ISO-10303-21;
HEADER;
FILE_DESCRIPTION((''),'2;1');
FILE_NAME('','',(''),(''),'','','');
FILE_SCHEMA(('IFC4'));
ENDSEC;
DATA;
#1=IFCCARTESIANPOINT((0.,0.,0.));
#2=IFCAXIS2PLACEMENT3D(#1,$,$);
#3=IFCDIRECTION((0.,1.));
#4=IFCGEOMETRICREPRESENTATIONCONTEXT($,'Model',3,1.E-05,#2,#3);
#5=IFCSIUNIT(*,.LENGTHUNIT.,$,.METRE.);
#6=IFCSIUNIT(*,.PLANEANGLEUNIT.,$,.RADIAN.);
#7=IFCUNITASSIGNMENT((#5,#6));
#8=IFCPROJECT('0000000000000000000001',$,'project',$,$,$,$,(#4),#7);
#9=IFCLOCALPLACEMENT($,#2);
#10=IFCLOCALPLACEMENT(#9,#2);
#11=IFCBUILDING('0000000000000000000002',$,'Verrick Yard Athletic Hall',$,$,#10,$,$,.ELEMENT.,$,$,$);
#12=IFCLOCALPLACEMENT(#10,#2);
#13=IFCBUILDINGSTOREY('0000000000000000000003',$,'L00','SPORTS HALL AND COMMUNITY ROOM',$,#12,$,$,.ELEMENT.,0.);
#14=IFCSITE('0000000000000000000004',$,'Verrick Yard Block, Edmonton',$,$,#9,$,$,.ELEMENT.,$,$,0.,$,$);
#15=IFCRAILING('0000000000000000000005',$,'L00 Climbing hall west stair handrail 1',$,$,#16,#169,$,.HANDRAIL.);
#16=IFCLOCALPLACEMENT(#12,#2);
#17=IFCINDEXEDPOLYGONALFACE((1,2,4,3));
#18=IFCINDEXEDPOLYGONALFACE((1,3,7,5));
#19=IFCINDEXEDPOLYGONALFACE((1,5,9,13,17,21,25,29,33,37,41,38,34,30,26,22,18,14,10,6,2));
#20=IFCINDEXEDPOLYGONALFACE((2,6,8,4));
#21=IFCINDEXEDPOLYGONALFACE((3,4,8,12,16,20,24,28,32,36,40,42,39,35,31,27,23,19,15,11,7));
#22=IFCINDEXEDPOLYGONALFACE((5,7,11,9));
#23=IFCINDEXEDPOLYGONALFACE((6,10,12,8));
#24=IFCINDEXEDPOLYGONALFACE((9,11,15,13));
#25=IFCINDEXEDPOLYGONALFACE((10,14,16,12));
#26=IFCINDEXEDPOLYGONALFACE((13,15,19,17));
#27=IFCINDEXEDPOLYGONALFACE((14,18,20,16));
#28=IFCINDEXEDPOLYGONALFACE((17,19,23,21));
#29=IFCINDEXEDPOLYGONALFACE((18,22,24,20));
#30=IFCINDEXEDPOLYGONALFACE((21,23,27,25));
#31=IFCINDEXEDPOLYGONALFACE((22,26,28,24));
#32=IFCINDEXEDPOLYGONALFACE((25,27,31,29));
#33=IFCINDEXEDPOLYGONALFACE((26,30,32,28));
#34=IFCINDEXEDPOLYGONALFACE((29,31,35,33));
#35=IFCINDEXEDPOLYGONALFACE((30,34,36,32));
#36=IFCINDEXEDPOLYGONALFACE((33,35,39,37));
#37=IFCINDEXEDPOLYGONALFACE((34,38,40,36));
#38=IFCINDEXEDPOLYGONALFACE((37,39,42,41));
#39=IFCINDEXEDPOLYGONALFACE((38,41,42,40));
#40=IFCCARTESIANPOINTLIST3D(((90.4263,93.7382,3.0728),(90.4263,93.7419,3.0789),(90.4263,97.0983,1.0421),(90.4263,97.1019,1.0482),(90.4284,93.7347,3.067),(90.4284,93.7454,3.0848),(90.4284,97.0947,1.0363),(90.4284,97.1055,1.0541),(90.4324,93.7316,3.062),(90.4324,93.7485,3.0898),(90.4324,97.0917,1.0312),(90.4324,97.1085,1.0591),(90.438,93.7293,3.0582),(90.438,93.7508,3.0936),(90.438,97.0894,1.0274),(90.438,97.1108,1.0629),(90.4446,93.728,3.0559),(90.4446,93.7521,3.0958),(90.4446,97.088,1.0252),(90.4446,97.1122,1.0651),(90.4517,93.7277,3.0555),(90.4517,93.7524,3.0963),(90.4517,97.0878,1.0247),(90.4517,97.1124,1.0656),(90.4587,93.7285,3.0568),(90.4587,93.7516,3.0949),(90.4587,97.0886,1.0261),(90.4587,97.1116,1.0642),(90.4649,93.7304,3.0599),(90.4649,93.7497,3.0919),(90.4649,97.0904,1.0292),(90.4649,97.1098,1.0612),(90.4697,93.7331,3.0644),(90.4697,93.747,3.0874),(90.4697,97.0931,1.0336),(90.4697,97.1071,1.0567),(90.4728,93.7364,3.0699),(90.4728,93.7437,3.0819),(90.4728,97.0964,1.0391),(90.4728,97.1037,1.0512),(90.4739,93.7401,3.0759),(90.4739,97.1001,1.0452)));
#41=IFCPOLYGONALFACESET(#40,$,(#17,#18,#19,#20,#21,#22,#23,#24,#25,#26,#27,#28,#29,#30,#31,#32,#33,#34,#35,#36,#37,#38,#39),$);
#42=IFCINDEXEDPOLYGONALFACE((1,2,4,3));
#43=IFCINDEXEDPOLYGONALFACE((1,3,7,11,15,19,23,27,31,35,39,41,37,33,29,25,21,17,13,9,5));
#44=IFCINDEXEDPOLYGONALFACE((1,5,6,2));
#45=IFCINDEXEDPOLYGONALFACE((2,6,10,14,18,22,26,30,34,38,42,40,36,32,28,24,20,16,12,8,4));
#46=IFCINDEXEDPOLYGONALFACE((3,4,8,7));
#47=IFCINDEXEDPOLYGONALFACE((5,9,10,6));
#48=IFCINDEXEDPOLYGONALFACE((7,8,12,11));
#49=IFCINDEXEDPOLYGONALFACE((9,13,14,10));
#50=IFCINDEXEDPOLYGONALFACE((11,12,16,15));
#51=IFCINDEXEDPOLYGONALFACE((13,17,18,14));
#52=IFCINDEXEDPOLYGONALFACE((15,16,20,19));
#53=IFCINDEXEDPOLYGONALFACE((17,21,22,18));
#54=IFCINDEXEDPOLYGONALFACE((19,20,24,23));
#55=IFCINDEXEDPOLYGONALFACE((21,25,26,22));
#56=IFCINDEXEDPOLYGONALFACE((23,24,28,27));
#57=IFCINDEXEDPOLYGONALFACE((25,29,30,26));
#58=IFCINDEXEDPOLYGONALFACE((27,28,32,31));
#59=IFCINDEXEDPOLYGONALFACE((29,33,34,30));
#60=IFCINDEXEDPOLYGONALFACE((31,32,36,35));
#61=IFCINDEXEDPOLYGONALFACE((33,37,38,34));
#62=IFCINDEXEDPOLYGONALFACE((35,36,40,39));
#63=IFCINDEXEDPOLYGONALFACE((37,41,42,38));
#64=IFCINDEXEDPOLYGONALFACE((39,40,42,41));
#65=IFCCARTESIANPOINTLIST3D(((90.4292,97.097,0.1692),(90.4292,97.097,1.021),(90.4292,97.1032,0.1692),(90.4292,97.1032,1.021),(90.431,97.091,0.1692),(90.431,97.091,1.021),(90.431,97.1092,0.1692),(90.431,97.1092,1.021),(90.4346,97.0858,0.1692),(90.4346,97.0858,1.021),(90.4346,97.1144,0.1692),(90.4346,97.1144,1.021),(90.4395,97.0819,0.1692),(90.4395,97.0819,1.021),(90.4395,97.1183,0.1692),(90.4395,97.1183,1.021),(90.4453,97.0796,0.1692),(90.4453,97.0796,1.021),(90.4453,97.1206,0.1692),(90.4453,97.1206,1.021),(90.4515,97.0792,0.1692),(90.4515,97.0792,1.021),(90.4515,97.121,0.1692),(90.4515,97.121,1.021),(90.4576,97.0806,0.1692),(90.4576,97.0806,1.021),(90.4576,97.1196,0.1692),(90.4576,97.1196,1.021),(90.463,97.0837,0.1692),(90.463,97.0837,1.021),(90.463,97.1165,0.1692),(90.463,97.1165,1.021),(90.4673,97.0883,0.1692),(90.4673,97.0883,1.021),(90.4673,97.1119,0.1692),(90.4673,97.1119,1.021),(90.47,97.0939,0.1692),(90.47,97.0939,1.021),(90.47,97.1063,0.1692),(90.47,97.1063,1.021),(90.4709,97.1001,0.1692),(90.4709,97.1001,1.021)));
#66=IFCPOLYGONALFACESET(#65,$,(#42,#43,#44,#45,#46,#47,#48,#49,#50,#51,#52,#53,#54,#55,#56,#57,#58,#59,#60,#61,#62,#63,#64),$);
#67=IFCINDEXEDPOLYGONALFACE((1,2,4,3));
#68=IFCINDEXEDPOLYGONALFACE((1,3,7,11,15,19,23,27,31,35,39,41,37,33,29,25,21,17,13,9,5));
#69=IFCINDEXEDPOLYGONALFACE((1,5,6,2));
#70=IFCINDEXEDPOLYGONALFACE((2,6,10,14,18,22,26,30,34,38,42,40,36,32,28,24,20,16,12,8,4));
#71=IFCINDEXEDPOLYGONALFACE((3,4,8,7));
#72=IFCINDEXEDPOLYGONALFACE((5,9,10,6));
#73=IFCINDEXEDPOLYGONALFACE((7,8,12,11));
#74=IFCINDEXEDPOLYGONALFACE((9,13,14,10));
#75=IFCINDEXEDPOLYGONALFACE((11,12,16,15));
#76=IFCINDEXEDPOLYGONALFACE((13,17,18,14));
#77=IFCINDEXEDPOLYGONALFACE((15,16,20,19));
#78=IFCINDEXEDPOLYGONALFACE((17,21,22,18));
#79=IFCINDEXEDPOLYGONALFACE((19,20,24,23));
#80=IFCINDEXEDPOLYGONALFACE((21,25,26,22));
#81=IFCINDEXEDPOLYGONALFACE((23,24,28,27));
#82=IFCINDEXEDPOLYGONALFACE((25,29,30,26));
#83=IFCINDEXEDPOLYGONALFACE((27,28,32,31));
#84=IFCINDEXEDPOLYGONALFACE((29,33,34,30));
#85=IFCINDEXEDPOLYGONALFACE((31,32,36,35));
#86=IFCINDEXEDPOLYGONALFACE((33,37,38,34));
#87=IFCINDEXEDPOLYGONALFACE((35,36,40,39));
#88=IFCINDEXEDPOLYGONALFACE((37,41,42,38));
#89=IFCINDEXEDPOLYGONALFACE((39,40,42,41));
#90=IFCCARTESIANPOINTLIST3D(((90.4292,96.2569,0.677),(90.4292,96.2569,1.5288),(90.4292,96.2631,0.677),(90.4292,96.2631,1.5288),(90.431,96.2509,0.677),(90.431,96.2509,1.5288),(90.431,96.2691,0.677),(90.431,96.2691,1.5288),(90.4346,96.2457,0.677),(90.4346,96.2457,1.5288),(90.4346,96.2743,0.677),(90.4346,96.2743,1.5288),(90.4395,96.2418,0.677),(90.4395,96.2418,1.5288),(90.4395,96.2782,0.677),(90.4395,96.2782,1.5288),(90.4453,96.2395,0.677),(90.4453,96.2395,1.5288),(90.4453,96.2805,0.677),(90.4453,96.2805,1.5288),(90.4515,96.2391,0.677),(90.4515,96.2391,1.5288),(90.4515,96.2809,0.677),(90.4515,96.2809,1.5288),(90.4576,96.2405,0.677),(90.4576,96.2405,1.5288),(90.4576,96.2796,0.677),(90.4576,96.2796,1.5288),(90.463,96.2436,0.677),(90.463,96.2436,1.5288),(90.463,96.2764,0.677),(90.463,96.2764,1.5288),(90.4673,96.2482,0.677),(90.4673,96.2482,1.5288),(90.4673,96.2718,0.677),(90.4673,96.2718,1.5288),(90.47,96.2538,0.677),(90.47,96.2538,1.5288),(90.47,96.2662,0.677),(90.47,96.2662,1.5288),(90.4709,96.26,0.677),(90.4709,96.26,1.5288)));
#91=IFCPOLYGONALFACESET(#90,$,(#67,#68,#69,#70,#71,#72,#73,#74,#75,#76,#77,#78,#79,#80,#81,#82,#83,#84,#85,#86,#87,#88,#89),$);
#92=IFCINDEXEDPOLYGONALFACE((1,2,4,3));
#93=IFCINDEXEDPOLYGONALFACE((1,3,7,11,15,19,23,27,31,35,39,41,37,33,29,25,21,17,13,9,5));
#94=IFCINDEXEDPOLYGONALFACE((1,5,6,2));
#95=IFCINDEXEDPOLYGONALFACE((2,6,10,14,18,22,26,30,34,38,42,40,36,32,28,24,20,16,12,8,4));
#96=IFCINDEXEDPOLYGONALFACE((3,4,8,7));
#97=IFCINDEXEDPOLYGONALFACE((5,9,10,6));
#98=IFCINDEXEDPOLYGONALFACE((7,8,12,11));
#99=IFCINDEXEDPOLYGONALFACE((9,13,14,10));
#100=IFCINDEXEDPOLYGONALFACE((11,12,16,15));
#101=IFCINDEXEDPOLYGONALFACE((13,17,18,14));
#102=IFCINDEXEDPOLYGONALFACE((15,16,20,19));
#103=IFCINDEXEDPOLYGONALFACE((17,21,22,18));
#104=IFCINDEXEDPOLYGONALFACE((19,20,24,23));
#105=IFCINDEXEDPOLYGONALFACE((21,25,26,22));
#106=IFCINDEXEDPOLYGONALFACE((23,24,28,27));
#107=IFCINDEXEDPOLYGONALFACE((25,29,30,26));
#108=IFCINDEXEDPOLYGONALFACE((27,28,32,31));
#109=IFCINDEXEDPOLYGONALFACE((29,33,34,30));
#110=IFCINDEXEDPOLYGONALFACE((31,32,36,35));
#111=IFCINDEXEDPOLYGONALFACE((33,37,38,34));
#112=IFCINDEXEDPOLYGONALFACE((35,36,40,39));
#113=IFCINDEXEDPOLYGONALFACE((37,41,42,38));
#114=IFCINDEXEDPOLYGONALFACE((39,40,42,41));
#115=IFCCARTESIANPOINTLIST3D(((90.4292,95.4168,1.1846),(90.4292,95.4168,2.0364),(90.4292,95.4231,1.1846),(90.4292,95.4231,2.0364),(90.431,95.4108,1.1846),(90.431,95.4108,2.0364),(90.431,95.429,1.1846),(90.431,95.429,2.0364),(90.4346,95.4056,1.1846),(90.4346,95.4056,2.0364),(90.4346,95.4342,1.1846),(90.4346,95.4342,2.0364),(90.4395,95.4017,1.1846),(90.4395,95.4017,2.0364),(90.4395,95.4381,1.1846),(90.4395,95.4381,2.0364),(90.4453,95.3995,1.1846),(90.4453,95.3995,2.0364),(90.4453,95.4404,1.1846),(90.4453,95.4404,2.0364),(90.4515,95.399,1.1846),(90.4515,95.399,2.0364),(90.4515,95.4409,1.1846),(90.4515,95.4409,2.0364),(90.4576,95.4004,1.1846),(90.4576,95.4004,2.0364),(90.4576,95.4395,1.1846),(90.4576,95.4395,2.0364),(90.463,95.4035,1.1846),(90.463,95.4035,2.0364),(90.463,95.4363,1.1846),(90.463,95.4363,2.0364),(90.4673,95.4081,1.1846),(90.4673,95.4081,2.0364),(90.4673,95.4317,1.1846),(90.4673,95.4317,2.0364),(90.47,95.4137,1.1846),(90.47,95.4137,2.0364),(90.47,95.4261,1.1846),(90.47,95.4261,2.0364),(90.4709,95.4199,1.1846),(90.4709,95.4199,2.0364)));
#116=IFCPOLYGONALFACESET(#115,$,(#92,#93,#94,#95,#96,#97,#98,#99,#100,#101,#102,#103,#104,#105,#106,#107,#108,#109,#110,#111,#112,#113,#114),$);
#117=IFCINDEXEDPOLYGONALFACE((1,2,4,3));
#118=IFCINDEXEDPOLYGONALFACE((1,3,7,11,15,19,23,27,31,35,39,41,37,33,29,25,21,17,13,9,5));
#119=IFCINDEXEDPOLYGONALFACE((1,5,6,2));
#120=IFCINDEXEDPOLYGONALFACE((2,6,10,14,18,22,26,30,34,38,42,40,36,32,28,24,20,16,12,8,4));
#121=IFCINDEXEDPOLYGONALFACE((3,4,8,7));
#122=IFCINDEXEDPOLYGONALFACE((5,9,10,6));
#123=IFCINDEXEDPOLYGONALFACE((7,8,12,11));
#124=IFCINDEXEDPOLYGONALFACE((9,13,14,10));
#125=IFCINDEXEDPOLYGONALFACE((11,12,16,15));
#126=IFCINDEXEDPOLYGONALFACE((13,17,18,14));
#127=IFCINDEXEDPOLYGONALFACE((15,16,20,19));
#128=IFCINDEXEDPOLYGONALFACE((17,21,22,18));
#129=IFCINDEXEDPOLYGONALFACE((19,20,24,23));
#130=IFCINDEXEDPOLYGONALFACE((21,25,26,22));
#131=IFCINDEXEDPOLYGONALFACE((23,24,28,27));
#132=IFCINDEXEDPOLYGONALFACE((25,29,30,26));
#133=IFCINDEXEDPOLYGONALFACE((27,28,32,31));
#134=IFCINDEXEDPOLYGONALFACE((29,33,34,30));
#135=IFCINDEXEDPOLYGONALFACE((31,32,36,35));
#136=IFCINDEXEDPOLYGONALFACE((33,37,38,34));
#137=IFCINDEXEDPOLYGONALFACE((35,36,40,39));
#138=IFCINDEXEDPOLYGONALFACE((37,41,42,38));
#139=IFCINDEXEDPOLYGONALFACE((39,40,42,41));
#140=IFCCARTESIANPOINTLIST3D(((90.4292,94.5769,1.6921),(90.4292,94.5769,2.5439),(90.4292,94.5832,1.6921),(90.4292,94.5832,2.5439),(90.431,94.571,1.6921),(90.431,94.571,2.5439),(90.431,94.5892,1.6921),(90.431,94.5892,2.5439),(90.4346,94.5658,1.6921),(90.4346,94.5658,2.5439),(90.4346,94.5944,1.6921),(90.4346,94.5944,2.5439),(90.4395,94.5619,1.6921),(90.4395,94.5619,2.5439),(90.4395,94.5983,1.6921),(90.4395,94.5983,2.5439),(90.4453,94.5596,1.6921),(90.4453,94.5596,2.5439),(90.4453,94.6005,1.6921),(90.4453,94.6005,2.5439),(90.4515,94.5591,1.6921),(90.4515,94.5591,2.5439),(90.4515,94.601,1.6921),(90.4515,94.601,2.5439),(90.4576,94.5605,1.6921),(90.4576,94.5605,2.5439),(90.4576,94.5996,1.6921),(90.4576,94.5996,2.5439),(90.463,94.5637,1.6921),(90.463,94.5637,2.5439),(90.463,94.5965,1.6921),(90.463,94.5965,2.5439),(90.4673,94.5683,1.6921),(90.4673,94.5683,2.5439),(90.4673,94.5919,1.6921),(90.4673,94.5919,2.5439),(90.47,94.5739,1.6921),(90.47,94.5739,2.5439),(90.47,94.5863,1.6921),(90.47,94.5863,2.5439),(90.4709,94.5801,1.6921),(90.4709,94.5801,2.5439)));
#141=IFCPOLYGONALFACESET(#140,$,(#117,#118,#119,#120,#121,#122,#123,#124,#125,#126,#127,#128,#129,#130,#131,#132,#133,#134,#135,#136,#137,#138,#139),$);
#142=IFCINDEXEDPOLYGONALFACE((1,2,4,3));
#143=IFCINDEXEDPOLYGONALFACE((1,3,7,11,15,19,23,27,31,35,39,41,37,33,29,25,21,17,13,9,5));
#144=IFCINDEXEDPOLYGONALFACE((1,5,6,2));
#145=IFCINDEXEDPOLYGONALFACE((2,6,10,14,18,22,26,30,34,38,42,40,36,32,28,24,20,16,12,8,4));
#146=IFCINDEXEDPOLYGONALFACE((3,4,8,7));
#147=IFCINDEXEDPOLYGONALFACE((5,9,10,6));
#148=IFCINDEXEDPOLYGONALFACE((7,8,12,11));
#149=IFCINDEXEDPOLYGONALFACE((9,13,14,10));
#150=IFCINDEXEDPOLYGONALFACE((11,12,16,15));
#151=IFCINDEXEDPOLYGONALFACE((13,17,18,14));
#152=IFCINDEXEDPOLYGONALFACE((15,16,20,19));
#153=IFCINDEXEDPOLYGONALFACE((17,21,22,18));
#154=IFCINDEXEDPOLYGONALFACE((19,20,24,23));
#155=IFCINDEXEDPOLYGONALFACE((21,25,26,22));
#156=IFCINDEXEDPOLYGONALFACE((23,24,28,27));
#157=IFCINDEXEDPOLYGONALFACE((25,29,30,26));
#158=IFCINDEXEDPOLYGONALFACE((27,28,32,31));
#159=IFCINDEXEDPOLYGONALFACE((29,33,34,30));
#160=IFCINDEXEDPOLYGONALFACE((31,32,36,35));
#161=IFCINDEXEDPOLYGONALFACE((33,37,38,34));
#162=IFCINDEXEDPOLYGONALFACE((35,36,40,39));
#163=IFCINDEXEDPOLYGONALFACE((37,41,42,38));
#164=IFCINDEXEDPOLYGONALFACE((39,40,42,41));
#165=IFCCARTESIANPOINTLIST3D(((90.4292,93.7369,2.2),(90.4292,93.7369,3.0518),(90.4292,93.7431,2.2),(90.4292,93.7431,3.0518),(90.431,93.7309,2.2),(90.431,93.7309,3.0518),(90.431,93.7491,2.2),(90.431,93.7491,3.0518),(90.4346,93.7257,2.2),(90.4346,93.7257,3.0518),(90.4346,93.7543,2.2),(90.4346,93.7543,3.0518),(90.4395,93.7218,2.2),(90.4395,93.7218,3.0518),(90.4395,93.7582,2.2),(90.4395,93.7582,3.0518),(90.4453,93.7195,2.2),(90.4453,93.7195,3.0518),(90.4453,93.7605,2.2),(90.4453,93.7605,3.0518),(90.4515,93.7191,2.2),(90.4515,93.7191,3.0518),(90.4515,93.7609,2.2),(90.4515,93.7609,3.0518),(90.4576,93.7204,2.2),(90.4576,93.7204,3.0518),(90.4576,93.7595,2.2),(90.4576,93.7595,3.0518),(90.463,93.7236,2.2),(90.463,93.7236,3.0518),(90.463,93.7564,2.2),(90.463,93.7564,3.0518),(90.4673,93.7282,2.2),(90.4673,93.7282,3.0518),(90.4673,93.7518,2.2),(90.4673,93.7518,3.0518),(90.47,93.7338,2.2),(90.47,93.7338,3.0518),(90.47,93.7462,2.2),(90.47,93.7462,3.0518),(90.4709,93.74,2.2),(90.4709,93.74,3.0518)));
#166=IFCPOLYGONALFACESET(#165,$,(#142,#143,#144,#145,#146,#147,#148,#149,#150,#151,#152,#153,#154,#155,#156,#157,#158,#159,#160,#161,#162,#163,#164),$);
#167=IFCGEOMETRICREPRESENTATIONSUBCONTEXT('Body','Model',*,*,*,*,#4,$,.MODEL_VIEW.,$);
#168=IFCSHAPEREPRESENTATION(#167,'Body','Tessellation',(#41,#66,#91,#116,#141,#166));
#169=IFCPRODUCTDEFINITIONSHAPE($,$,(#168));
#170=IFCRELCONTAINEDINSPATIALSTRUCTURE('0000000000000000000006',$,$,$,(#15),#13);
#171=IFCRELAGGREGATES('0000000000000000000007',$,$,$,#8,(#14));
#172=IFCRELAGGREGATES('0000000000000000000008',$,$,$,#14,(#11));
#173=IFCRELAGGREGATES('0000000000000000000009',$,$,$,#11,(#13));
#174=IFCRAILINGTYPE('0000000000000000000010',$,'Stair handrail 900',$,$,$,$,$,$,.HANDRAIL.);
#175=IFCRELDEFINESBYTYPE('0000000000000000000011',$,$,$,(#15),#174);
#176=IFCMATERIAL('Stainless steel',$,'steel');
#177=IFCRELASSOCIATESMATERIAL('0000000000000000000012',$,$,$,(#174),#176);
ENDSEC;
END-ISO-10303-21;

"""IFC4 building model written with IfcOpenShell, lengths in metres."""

from ifc_helpers import new_model, si_unit, direction, frame, origin, origin_2d, place, context, subcontext, project, spatial, circle, extrude, material, type_object, element, save


model = new_model("IFC4")

# Units and contexts
model_context = context("Model", 3, precision=1e-05, world=origin(), true_north=direction((0.0, 1.0)))
body_context = subcontext(model_context, "Body", "Model", "MODEL_VIEW")
ifc_project = project(units=[si_unit("LENGTHUNIT", "METRE"), si_unit("PLANEANGLEUNIT", "RADIAN")], contexts=[model_context])

# Site, building, storey
site_placement = place(None, origin())
site = spatial("IfcSite", under=ifc_project, at=site_placement, Name="Verrick Yard Block, Edmonton", CompositionType="ELEMENT", RefElevation=0.0)
building_placement = place(site_placement, origin())
building = spatial("IfcBuilding", under=site, at=building_placement, Name="Verrick Yard Athletic Hall", CompositionType="ELEMENT")
storey_placement = place(building_placement, origin())
storey = spatial("IfcBuildingStorey", under=building, at=storey_placement, Name="L00", Description="SPORTS HALL AND COMMUNITY ROOM", CompositionType="ELEMENT", Elevation=0.0)

# Railing
ifc_material_1 = material(Name="Stainless steel", Category="steel")
railing_type_1 = type_object("IfcRailingType", Name="Stair handrail 900", PredefinedType="HANDRAIL", material=ifc_material_1)
railing_1_placement = place(storey_placement, frame((90.45, 97.1001, 0.1692)))
element("IfcRailing", 1, at=railing_1_placement, inside=storey, type_object=railing_type_1, Name="L00 Climbing hall west stair handrail 1", PredefinedType="HANDRAIL", context=body_context, shape_type="SweptSolid", body=[
    extrude(circle(Radius=0.0239, at=origin_2d()), frame((0.0, 0.0, 0.876), z_axis=(0.0, -0.855837, 0.517246), x_axis=(1.0, 0.0, 0.0)), (0.0, 0.0, 1.0), 3.926),
    extrude(circle(Radius=0.021, at=origin_2d()), origin(), (0.0, 0.0, 1.0), 0.8518),
    extrude(circle(Radius=0.021, at=origin_2d()), frame((0.0, -0.8401, 0.5078)), (0.0, 0.0, 1.0), 0.8518),
    extrude(circle(Radius=0.021, at=origin_2d()), frame((0.0, -1.6802, 1.0154)), (0.0, 0.0, 1.0), 0.8518),
    extrude(circle(Radius=0.021, at=origin_2d()), frame((0.0, -2.52, 1.5229)), (0.0, 0.0, 1.0), 0.8518),
    extrude(circle(Radius=0.021, at=origin_2d()), frame((0.0, -3.3601, 2.0308)), (0.0, 0.0, 1.0), 0.8518),
])

save(model, "model.ifc")
